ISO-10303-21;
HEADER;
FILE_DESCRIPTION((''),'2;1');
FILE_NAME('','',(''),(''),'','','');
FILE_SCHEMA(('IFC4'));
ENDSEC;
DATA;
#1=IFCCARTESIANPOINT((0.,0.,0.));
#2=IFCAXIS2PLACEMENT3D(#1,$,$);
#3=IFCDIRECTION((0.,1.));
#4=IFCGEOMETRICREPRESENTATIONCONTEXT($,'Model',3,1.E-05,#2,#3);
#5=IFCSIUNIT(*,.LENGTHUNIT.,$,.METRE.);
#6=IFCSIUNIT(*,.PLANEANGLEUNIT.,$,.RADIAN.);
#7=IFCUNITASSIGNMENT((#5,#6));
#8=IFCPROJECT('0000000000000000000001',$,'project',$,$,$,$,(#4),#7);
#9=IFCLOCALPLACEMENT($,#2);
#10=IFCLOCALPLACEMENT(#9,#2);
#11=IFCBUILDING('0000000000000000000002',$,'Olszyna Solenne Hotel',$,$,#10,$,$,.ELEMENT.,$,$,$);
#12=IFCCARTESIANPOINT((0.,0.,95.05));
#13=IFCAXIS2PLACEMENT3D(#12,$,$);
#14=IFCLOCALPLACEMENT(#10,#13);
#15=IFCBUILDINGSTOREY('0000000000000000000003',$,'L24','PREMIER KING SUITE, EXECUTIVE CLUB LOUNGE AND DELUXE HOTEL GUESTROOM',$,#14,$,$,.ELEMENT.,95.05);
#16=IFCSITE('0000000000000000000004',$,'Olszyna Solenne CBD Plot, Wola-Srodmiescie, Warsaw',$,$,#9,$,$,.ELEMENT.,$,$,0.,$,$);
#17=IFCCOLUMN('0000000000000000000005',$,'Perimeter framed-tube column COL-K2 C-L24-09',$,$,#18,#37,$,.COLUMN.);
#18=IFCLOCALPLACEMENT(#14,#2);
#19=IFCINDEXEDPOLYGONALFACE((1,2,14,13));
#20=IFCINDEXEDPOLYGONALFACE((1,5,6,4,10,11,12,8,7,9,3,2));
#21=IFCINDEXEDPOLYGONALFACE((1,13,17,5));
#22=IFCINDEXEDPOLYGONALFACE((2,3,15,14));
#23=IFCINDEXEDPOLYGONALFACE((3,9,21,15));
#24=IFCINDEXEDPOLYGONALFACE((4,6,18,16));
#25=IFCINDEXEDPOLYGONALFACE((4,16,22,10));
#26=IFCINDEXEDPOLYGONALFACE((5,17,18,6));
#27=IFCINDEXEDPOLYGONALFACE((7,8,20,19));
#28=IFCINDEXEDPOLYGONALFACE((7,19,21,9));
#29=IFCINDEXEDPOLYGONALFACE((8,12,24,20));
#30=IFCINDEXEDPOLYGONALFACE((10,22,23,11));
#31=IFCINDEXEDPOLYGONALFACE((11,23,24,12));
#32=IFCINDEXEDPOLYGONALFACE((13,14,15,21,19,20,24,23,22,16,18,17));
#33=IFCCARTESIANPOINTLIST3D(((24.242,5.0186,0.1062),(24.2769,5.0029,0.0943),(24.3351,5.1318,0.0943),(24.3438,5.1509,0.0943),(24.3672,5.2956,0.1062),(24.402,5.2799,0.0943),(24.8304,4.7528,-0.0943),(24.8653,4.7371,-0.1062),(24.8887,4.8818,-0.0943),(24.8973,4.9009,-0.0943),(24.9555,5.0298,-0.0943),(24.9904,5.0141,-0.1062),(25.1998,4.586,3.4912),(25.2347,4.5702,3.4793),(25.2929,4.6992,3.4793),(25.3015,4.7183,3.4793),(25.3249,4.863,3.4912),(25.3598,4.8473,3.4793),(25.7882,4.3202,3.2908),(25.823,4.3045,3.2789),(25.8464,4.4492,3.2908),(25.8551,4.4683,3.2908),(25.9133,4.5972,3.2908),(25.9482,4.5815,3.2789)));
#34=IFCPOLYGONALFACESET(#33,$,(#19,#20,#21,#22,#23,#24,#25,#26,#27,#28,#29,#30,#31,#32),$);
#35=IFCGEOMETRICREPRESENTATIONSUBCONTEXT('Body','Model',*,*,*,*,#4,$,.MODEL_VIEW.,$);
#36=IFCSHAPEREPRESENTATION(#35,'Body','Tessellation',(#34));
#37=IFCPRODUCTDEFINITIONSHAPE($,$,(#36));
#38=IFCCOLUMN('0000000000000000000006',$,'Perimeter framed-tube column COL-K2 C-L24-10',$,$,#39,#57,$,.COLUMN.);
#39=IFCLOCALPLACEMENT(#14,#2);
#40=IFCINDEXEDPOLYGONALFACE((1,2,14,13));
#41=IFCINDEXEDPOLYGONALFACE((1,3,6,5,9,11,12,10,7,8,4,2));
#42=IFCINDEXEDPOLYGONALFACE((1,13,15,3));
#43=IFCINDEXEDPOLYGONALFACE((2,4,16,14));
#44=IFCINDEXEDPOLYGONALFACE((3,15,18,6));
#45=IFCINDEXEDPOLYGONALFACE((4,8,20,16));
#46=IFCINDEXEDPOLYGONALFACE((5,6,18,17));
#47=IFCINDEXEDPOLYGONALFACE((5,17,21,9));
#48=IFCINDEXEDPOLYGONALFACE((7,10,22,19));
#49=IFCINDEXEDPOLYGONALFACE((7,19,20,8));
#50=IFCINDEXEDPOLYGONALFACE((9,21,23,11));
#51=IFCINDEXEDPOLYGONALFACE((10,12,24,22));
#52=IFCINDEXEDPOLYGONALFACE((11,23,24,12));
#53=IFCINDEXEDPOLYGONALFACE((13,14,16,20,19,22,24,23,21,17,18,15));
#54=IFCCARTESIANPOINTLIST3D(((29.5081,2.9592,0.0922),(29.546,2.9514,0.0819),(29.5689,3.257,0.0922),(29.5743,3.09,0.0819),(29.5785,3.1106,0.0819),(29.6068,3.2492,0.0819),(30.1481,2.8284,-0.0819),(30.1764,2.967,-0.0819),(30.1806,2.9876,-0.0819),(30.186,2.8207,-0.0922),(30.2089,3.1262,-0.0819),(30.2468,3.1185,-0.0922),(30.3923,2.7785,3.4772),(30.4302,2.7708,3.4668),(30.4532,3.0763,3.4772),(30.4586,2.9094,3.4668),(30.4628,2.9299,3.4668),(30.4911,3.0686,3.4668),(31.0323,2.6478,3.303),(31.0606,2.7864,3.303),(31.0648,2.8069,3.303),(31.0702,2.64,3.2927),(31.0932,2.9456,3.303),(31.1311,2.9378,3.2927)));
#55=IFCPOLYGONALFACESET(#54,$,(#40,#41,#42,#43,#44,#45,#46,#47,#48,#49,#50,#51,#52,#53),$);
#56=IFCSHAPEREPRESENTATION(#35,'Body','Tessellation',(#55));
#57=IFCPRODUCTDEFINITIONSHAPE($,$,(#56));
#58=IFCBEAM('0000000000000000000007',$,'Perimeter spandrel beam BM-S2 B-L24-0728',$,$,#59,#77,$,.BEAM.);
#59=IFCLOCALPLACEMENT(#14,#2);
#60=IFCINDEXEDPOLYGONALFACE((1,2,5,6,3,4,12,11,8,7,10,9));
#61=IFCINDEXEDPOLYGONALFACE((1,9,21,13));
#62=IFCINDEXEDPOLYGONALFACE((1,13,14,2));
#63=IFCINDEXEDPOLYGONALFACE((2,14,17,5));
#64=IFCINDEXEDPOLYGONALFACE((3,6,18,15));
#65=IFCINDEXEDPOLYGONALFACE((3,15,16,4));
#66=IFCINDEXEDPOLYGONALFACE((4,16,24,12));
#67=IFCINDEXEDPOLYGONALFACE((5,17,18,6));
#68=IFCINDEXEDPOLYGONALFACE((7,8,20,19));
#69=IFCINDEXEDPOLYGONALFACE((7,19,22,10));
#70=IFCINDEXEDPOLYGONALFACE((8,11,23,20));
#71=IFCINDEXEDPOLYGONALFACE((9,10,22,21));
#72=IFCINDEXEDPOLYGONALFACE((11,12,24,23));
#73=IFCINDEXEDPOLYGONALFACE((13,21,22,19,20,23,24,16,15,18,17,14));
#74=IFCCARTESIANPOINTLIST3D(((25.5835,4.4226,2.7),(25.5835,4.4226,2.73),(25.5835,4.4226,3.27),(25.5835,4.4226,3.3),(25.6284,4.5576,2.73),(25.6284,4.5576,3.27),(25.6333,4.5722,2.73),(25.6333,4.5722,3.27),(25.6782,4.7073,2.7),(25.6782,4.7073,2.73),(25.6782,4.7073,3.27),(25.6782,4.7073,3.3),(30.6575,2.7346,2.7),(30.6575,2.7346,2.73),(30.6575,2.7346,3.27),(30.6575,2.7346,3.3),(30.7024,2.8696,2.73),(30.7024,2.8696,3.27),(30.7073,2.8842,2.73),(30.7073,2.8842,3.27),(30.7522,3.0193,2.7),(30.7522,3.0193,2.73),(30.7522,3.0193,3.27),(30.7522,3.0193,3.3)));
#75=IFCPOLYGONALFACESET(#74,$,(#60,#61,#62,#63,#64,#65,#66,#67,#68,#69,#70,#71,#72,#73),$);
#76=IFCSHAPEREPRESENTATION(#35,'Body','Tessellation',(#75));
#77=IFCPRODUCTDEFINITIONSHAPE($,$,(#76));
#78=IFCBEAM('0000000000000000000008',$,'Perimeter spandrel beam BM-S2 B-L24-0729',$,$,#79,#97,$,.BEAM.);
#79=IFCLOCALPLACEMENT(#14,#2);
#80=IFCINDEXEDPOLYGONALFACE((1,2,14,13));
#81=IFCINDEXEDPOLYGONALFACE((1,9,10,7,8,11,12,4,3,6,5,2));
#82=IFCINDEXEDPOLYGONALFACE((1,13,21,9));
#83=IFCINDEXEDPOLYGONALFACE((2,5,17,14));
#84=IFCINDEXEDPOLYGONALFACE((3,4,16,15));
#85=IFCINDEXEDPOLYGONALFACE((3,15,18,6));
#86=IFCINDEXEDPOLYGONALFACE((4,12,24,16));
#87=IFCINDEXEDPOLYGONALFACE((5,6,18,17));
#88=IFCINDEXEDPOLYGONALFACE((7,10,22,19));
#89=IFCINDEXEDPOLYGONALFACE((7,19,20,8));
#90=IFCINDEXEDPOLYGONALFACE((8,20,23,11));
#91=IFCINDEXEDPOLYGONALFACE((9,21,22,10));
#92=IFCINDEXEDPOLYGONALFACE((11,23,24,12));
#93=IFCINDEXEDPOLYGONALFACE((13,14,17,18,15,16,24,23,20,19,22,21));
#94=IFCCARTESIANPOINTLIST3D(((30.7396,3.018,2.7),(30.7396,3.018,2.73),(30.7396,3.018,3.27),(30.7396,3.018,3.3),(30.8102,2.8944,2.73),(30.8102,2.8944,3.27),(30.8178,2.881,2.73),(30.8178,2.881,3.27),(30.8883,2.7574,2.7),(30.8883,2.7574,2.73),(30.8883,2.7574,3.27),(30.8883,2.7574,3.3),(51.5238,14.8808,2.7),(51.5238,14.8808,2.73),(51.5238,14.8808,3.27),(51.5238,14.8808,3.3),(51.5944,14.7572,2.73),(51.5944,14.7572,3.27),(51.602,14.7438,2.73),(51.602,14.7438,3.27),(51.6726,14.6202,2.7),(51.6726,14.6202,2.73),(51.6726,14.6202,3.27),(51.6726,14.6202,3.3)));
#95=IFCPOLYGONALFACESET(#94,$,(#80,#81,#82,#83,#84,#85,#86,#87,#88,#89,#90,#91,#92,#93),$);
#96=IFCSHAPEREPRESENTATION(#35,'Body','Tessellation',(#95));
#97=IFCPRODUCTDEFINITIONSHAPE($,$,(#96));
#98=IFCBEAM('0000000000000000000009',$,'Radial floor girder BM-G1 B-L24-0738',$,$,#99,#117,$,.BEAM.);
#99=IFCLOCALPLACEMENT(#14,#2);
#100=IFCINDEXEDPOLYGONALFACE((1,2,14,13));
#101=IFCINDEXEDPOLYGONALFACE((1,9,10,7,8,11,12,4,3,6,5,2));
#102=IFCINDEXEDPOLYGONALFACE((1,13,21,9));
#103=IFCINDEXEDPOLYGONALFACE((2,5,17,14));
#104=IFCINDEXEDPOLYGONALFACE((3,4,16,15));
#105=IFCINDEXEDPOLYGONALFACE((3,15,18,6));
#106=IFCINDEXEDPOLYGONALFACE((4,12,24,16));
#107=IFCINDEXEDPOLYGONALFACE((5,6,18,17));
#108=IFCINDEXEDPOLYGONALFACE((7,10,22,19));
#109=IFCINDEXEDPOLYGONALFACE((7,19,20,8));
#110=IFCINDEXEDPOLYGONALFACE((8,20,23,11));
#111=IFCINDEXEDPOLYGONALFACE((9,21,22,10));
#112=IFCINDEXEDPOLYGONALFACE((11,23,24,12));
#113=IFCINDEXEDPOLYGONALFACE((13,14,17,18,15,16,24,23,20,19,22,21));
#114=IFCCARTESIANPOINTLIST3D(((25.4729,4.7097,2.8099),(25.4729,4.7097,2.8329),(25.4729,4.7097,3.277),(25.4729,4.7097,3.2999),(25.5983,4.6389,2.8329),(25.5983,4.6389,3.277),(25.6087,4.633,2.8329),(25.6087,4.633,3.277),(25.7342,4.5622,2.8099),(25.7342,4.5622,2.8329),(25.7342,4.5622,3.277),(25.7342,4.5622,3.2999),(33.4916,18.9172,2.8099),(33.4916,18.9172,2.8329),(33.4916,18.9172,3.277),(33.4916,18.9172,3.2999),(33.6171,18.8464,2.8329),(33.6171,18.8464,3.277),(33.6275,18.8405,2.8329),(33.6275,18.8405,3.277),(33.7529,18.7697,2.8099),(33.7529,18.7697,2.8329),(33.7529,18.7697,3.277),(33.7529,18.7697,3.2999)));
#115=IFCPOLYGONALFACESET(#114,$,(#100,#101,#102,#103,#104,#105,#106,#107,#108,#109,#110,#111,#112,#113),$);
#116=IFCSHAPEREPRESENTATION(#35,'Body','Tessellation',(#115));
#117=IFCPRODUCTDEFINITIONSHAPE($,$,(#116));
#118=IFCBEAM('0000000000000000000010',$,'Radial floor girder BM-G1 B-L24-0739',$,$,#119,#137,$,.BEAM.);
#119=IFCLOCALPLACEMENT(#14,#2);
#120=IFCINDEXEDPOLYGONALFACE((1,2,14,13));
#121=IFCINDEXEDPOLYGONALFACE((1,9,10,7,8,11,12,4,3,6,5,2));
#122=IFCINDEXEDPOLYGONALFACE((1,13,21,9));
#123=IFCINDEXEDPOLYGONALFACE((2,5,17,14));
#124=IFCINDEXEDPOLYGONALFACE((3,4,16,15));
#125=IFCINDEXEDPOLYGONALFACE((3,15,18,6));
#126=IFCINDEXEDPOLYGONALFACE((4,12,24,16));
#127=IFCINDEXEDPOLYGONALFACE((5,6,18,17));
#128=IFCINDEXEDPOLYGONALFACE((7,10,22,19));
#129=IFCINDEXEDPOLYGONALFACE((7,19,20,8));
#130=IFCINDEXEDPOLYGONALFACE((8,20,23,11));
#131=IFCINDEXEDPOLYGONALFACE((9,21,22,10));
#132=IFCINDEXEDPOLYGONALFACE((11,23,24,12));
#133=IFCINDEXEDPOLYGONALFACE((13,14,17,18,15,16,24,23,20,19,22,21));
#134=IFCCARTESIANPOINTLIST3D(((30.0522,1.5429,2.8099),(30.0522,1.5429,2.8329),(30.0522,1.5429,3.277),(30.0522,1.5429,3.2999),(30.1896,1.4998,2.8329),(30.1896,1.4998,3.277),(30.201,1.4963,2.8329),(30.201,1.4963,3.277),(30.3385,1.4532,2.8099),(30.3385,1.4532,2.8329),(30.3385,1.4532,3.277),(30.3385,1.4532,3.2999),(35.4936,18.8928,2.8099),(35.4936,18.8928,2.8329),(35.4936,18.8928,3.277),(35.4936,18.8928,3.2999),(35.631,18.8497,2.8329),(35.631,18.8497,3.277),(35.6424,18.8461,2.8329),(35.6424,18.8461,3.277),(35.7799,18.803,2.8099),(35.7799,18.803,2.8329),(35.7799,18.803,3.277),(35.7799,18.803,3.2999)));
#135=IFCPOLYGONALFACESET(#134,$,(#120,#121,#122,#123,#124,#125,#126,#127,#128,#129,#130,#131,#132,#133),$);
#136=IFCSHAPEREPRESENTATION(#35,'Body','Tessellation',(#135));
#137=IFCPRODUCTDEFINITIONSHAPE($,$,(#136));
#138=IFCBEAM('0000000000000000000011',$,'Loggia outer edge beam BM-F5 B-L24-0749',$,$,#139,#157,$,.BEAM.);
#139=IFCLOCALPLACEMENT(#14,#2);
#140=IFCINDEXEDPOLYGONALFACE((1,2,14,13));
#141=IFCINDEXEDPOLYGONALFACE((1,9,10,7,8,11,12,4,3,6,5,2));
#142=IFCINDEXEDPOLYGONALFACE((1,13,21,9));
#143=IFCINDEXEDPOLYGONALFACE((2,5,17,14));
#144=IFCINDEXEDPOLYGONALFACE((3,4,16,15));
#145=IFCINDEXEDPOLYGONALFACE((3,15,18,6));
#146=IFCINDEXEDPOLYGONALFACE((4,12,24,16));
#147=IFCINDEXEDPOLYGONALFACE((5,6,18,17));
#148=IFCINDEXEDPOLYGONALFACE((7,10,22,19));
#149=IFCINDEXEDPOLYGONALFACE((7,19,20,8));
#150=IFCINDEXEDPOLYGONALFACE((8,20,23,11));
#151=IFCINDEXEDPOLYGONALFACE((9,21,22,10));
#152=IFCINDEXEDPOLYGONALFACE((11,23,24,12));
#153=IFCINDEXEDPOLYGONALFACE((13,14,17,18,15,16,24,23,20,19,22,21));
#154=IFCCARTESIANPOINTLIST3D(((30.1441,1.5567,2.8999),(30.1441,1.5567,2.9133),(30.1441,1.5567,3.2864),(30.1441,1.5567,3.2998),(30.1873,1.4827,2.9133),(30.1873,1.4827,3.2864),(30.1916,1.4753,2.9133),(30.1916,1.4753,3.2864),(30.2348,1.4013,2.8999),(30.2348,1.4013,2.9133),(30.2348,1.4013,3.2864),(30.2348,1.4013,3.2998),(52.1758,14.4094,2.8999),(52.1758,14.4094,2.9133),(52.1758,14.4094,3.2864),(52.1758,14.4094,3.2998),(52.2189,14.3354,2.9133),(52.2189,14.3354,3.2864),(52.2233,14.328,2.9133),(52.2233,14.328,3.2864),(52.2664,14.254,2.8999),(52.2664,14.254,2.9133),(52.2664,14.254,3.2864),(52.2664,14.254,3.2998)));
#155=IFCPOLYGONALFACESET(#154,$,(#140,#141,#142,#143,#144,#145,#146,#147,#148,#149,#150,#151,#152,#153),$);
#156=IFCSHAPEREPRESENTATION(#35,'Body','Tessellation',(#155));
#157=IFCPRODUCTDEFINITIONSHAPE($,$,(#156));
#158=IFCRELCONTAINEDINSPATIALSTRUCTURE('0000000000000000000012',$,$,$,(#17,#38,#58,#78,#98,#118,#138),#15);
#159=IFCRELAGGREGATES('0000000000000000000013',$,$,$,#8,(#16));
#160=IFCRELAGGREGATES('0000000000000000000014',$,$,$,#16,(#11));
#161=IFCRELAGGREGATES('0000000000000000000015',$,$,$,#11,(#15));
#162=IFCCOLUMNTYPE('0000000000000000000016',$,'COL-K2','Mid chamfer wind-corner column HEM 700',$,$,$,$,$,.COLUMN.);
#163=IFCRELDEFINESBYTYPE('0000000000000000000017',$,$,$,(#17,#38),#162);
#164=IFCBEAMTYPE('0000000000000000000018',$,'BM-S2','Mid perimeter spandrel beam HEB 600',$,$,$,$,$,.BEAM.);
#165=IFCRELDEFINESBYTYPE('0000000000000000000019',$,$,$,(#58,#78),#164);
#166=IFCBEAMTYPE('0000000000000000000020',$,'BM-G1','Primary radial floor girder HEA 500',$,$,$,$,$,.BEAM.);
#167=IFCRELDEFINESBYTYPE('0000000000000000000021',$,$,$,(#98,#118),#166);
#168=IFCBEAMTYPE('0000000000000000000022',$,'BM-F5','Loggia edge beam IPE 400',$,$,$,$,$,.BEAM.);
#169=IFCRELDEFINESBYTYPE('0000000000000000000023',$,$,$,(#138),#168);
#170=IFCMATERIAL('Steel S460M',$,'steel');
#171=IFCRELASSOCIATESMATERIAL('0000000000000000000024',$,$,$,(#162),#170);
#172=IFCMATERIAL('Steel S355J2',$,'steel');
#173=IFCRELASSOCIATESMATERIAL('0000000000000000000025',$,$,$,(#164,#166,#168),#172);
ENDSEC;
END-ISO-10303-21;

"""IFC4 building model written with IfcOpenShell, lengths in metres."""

from ifc_helpers import new_model, si_unit, direction, frame, origin, origin_2d, place, context, subcontext, project, spatial, i_section, extrude, source, transform, mapped, material, material_profile, profile_set, type_object, element, save


model = new_model("IFC4")

# Units and contexts
model_context = context("Model", 3, precision=1e-05, world=origin(), true_north=direction((0.0, 1.0)))
body_context = subcontext(model_context, "Body", "Model", "MODEL_VIEW")
ifc_project = project(units=[si_unit("LENGTHUNIT", "METRE"), si_unit("PLANEANGLEUNIT", "RADIAN")], contexts=[model_context])

# Site, building, storey
site_placement = place(None, origin())
site = spatial("IfcSite", under=ifc_project, at=site_placement, Name="Olszyna Solenne CBD Plot, Wola-Srodmiescie, Warsaw", CompositionType="ELEMENT", RefElevation=0.0)
building_placement = place(site_placement, origin())
building = spatial("IfcBuilding", under=site, at=building_placement, Name="Olszyna Solenne Hotel", CompositionType="ELEMENT")
storey_placement = place(building_placement, frame((0.0, 0.0, 95.05)))
storey = spatial("IfcBuildingStorey", under=building, at=storey_placement, Name="L24", Description="PREMIER KING SUITE, EXECUTIVE CLUB LOUNGE AND DELUXE HOTEL GUESTROOM", CompositionType="ELEMENT", Elevation=95.05)

# Columns
ifc_material_1 = material(Name="Steel S460M", Category="steel")
ifc_material_profile_1 = material_profile(ifc_material_1, i_section(OverallWidth=0.304, OverallDepth=0.7161, WebThickness=0.021, FlangeThickness=0.04, at=origin_2d()), Name="HEM 700", Category="load-bearing")
ifc_profile_set_1 = profile_set([ifc_material_profile_1], Name="Steel S460M")
column_type = type_object("IfcColumnType", Name="COL-K2", Description="Mid chamfer wind-corner column HEM 700", PredefinedType="COLUMN", material=ifc_profile_set_1)
shared_shape_1 = source(origin(), body_context, "Body", "SweptSolid", [
    extrude(i_section(OverallWidth=0.304, OverallDepth=0.7161, WebThickness=0.021, FlangeThickness=0.04, at=origin_2d()), origin(), (0.0, 0.0, 1.0), 3.5444),
])
column_1_placement = place(storey_placement, frame((24.6162, 5.0164, 0.0), z_axis=(0.270219, -0.122057, 0.955031), x_axis=(0.411649, 0.911342, 0.0)))
element("IfcColumn", 1, at=column_1_placement, inside=storey, type_object=column_type, Name="Perimeter framed-tube column COL-K2 C-L24-09", PredefinedType="COLUMN", context=body_context, shape_type="MappedRepresentation", body=[
    mapped(shared_shape_1, transform((0.0, 0.0, 0.0), x_axis=(1.0, 0.0, 0.0), y_axis=(0.0, 1.0, 0.0), z_axis=(0.0, 0.0, 1.0), scale=1.0)),
])
shared_shape_2 = source(origin(), body_context, "Body", "SweptSolid", [
    extrude(i_section(OverallWidth=0.304, OverallDepth=0.7161, WebThickness=0.021, FlangeThickness=0.04, at=origin_2d()), origin(), (0.0, 0.0, 1.0), 3.5032),
])
column_2_placement = place(storey_placement, frame((29.8774, 3.0388, 0.0), z_axis=(0.252415, -0.05157, 0.966244), x_axis=(0.200172, 0.979761, 0.0)))
element("IfcColumn", 2, at=column_2_placement, inside=storey, type_object=column_type, Name="Perimeter framed-tube column COL-K2 C-L24-10", PredefinedType="COLUMN", context=body_context, shape_type="MappedRepresentation", body=[
    mapped(shared_shape_2, transform((0.0, 0.0, 0.0), x_axis=(1.0, 0.0, 0.0), y_axis=(0.0, 1.0, 0.0), z_axis=(0.0, 0.0, 1.0), scale=1.0)),
])

# Beams
ifc_material_2 = material(Name="Steel S355J2", Category="steel")
ifc_material_profile_2 = material_profile(ifc_material_2, i_section(OverallWidth=0.3, OverallDepth=0.6001, WebThickness=0.0154, FlangeThickness=0.03, at=origin_2d()), Name="HEB 600", Category="load-bearing")
ifc_profile_set_2 = profile_set([ifc_material_profile_2], Name="Steel S355J2")
beam_type_1 = type_object("IfcBeamType", Name="BM-S2", Description="Mid perimeter spandrel beam HEB 600", PredefinedType="BEAM", material=ifc_profile_set_2)
shared_shape_3 = source(origin(), body_context, "Body", "SweptSolid", [
    extrude(i_section(OverallWidth=0.3, OverallDepth=0.6001, WebThickness=0.0154, FlangeThickness=0.03, at=origin_2d()), origin(), (0.0, 0.0, 1.0), 5.3474),
])
beam_1_placement = place(storey_placement, frame((25.6309, 4.5649, 3.0), z_axis=(0.94887, -0.315666, 0.0), x_axis=(0.315666, 0.94887, 0.0)))
element("IfcBeam", 3, at=beam_1_placement, inside=storey, type_object=beam_type_1, Name="Perimeter spandrel beam BM-S2 B-L24-0728", PredefinedType="BEAM", context=body_context, shape_type="MappedRepresentation", body=[
    mapped(shared_shape_3, transform((0.0, 0.0, 0.0), x_axis=(1.0, 0.0, 0.0), y_axis=(0.0, 1.0, 0.0), z_axis=(0.0, 0.0, 1.0), scale=1.0)),
])
shared_shape_4 = source(origin(), body_context, "Body", "SweptSolid", [
    extrude(i_section(OverallWidth=0.3, OverallDepth=0.6001, WebThickness=0.0154, FlangeThickness=0.03, at=origin_2d()), origin(), (0.0, 0.0, 1.0), 23.9314),
])
beam_2_placement = place(storey_placement, frame((30.814, 2.8877, 3.0), z_axis=(0.868493, 0.495702, 0.0), x_axis=(-0.495702, 0.868493, 0.0)))
element("IfcBeam", 4, at=beam_2_placement, inside=storey, type_object=beam_type_1, Name="Perimeter spandrel beam BM-S2 B-L24-0729", PredefinedType="BEAM", context=body_context, shape_type="MappedRepresentation", body=[
    mapped(shared_shape_4, transform((0.0, 0.0, 0.0), x_axis=(1.0, 0.0, 0.0), y_axis=(0.0, 1.0, 0.0), z_axis=(0.0, 0.0, 1.0), scale=1.0)),
])
ifc_material_profile_3 = material_profile(ifc_material_2, i_section(OverallWidth=0.3, OverallDepth=0.49, WebThickness=0.012, FlangeThickness=0.0229, at=origin_2d()), Name="HEA 500", Category="load-bearing")
ifc_profile_set_3 = profile_set([ifc_material_profile_3], Name="Steel S355J2")
beam_type_2 = type_object("IfcBeamType", Name="BM-G1", Description="Primary radial floor girder HEA 500", PredefinedType="BEAM", material=ifc_profile_set_3)
shared_shape_5 = source(origin(), body_context, "Body", "SweptSolid", [
    extrude(i_section(OverallWidth=0.3, OverallDepth=0.49, WebThickness=0.012, FlangeThickness=0.0229, at=origin_2d()), origin(), (0.0, 0.0, 1.0), 16.3142),
])
beam_3_placement = place(storey_placement, frame((25.6035, 4.636, 3.0549), z_axis=(0.491521, 0.870866, 0.0), x_axis=(-0.870866, 0.491521, 0.0)))
element("IfcBeam", 5, at=beam_3_placement, inside=storey, type_object=beam_type_2, Name="Radial floor girder BM-G1 B-L24-0738", PredefinedType="BEAM", context=body_context, shape_type="MappedRepresentation", body=[
    mapped(shared_shape_5, transform((0.0, 0.0, 0.0), x_axis=(1.0, 0.0, 0.0), y_axis=(0.0, 1.0, 0.0), z_axis=(0.0, 0.0, 1.0), scale=1.0)),
])
shared_shape_6 = source(origin(), body_context, "Body", "SweptSolid", [
    extrude(i_section(OverallWidth=0.3, OverallDepth=0.49, WebThickness=0.012, FlangeThickness=0.0229, at=origin_2d()), origin(), (0.0, 0.0, 1.0), 18.1831),
])
beam_4_placement = place(storey_placement, frame((30.1953, 1.498, 3.0549), z_axis=(0.299256, 0.954173, 0.0), x_axis=(-0.954173, 0.299256, 0.0)))
element("IfcBeam", 6, at=beam_4_placement, inside=storey, type_object=beam_type_2, Name="Radial floor girder BM-G1 B-L24-0739", PredefinedType="BEAM", context=body_context, shape_type="MappedRepresentation", body=[
    mapped(shared_shape_6, transform((0.0, 0.0, 0.0), x_axis=(1.0, 0.0, 0.0), y_axis=(0.0, 1.0, 0.0), z_axis=(0.0, 0.0, 1.0), scale=1.0)),
])
ifc_material_profile_4 = material_profile(ifc_material_2, i_section(OverallWidth=0.1799, OverallDepth=0.3999, WebThickness=0.0085, FlangeThickness=0.0134, at=origin_2d()), Name="IPE 400", Category="load-bearing")
ifc_profile_set_4 = profile_set([ifc_material_profile_4], Name="Steel S355J2")
beam_type_3 = type_object("IfcBeamType", Name="BM-F5", Description="Loggia edge beam IPE 400", PredefinedType="BEAM", material=ifc_profile_set_4)
shared_shape_7 = source(origin(), body_context, "Body", "SweptSolid", [
    extrude(i_section(OverallWidth=0.1799, OverallDepth=0.3999, WebThickness=0.0085, FlangeThickness=0.0134, at=origin_2d()), origin(), (0.0, 0.0, 1.0), 25.5066),
])
beam_5_placement = place(storey_placement, frame((30.1895, 1.479, 3.0999), z_axis=(0.863763, 0.503898, 0.0), x_axis=(-0.503898, 0.863763, 0.0)))
element("IfcBeam", 7, at=beam_5_placement, inside=storey, type_object=beam_type_3, Name="Loggia outer edge beam BM-F5 B-L24-0749", PredefinedType="BEAM", context=body_context, shape_type="MappedRepresentation", body=[
    mapped(shared_shape_7, transform((0.0, 0.0, 0.0), x_axis=(1.0, 0.0, 0.0), y_axis=(0.0, 1.0, 0.0), z_axis=(0.0, 0.0, 1.0), scale=1.0)),
])

save(model, "model.ifc")
